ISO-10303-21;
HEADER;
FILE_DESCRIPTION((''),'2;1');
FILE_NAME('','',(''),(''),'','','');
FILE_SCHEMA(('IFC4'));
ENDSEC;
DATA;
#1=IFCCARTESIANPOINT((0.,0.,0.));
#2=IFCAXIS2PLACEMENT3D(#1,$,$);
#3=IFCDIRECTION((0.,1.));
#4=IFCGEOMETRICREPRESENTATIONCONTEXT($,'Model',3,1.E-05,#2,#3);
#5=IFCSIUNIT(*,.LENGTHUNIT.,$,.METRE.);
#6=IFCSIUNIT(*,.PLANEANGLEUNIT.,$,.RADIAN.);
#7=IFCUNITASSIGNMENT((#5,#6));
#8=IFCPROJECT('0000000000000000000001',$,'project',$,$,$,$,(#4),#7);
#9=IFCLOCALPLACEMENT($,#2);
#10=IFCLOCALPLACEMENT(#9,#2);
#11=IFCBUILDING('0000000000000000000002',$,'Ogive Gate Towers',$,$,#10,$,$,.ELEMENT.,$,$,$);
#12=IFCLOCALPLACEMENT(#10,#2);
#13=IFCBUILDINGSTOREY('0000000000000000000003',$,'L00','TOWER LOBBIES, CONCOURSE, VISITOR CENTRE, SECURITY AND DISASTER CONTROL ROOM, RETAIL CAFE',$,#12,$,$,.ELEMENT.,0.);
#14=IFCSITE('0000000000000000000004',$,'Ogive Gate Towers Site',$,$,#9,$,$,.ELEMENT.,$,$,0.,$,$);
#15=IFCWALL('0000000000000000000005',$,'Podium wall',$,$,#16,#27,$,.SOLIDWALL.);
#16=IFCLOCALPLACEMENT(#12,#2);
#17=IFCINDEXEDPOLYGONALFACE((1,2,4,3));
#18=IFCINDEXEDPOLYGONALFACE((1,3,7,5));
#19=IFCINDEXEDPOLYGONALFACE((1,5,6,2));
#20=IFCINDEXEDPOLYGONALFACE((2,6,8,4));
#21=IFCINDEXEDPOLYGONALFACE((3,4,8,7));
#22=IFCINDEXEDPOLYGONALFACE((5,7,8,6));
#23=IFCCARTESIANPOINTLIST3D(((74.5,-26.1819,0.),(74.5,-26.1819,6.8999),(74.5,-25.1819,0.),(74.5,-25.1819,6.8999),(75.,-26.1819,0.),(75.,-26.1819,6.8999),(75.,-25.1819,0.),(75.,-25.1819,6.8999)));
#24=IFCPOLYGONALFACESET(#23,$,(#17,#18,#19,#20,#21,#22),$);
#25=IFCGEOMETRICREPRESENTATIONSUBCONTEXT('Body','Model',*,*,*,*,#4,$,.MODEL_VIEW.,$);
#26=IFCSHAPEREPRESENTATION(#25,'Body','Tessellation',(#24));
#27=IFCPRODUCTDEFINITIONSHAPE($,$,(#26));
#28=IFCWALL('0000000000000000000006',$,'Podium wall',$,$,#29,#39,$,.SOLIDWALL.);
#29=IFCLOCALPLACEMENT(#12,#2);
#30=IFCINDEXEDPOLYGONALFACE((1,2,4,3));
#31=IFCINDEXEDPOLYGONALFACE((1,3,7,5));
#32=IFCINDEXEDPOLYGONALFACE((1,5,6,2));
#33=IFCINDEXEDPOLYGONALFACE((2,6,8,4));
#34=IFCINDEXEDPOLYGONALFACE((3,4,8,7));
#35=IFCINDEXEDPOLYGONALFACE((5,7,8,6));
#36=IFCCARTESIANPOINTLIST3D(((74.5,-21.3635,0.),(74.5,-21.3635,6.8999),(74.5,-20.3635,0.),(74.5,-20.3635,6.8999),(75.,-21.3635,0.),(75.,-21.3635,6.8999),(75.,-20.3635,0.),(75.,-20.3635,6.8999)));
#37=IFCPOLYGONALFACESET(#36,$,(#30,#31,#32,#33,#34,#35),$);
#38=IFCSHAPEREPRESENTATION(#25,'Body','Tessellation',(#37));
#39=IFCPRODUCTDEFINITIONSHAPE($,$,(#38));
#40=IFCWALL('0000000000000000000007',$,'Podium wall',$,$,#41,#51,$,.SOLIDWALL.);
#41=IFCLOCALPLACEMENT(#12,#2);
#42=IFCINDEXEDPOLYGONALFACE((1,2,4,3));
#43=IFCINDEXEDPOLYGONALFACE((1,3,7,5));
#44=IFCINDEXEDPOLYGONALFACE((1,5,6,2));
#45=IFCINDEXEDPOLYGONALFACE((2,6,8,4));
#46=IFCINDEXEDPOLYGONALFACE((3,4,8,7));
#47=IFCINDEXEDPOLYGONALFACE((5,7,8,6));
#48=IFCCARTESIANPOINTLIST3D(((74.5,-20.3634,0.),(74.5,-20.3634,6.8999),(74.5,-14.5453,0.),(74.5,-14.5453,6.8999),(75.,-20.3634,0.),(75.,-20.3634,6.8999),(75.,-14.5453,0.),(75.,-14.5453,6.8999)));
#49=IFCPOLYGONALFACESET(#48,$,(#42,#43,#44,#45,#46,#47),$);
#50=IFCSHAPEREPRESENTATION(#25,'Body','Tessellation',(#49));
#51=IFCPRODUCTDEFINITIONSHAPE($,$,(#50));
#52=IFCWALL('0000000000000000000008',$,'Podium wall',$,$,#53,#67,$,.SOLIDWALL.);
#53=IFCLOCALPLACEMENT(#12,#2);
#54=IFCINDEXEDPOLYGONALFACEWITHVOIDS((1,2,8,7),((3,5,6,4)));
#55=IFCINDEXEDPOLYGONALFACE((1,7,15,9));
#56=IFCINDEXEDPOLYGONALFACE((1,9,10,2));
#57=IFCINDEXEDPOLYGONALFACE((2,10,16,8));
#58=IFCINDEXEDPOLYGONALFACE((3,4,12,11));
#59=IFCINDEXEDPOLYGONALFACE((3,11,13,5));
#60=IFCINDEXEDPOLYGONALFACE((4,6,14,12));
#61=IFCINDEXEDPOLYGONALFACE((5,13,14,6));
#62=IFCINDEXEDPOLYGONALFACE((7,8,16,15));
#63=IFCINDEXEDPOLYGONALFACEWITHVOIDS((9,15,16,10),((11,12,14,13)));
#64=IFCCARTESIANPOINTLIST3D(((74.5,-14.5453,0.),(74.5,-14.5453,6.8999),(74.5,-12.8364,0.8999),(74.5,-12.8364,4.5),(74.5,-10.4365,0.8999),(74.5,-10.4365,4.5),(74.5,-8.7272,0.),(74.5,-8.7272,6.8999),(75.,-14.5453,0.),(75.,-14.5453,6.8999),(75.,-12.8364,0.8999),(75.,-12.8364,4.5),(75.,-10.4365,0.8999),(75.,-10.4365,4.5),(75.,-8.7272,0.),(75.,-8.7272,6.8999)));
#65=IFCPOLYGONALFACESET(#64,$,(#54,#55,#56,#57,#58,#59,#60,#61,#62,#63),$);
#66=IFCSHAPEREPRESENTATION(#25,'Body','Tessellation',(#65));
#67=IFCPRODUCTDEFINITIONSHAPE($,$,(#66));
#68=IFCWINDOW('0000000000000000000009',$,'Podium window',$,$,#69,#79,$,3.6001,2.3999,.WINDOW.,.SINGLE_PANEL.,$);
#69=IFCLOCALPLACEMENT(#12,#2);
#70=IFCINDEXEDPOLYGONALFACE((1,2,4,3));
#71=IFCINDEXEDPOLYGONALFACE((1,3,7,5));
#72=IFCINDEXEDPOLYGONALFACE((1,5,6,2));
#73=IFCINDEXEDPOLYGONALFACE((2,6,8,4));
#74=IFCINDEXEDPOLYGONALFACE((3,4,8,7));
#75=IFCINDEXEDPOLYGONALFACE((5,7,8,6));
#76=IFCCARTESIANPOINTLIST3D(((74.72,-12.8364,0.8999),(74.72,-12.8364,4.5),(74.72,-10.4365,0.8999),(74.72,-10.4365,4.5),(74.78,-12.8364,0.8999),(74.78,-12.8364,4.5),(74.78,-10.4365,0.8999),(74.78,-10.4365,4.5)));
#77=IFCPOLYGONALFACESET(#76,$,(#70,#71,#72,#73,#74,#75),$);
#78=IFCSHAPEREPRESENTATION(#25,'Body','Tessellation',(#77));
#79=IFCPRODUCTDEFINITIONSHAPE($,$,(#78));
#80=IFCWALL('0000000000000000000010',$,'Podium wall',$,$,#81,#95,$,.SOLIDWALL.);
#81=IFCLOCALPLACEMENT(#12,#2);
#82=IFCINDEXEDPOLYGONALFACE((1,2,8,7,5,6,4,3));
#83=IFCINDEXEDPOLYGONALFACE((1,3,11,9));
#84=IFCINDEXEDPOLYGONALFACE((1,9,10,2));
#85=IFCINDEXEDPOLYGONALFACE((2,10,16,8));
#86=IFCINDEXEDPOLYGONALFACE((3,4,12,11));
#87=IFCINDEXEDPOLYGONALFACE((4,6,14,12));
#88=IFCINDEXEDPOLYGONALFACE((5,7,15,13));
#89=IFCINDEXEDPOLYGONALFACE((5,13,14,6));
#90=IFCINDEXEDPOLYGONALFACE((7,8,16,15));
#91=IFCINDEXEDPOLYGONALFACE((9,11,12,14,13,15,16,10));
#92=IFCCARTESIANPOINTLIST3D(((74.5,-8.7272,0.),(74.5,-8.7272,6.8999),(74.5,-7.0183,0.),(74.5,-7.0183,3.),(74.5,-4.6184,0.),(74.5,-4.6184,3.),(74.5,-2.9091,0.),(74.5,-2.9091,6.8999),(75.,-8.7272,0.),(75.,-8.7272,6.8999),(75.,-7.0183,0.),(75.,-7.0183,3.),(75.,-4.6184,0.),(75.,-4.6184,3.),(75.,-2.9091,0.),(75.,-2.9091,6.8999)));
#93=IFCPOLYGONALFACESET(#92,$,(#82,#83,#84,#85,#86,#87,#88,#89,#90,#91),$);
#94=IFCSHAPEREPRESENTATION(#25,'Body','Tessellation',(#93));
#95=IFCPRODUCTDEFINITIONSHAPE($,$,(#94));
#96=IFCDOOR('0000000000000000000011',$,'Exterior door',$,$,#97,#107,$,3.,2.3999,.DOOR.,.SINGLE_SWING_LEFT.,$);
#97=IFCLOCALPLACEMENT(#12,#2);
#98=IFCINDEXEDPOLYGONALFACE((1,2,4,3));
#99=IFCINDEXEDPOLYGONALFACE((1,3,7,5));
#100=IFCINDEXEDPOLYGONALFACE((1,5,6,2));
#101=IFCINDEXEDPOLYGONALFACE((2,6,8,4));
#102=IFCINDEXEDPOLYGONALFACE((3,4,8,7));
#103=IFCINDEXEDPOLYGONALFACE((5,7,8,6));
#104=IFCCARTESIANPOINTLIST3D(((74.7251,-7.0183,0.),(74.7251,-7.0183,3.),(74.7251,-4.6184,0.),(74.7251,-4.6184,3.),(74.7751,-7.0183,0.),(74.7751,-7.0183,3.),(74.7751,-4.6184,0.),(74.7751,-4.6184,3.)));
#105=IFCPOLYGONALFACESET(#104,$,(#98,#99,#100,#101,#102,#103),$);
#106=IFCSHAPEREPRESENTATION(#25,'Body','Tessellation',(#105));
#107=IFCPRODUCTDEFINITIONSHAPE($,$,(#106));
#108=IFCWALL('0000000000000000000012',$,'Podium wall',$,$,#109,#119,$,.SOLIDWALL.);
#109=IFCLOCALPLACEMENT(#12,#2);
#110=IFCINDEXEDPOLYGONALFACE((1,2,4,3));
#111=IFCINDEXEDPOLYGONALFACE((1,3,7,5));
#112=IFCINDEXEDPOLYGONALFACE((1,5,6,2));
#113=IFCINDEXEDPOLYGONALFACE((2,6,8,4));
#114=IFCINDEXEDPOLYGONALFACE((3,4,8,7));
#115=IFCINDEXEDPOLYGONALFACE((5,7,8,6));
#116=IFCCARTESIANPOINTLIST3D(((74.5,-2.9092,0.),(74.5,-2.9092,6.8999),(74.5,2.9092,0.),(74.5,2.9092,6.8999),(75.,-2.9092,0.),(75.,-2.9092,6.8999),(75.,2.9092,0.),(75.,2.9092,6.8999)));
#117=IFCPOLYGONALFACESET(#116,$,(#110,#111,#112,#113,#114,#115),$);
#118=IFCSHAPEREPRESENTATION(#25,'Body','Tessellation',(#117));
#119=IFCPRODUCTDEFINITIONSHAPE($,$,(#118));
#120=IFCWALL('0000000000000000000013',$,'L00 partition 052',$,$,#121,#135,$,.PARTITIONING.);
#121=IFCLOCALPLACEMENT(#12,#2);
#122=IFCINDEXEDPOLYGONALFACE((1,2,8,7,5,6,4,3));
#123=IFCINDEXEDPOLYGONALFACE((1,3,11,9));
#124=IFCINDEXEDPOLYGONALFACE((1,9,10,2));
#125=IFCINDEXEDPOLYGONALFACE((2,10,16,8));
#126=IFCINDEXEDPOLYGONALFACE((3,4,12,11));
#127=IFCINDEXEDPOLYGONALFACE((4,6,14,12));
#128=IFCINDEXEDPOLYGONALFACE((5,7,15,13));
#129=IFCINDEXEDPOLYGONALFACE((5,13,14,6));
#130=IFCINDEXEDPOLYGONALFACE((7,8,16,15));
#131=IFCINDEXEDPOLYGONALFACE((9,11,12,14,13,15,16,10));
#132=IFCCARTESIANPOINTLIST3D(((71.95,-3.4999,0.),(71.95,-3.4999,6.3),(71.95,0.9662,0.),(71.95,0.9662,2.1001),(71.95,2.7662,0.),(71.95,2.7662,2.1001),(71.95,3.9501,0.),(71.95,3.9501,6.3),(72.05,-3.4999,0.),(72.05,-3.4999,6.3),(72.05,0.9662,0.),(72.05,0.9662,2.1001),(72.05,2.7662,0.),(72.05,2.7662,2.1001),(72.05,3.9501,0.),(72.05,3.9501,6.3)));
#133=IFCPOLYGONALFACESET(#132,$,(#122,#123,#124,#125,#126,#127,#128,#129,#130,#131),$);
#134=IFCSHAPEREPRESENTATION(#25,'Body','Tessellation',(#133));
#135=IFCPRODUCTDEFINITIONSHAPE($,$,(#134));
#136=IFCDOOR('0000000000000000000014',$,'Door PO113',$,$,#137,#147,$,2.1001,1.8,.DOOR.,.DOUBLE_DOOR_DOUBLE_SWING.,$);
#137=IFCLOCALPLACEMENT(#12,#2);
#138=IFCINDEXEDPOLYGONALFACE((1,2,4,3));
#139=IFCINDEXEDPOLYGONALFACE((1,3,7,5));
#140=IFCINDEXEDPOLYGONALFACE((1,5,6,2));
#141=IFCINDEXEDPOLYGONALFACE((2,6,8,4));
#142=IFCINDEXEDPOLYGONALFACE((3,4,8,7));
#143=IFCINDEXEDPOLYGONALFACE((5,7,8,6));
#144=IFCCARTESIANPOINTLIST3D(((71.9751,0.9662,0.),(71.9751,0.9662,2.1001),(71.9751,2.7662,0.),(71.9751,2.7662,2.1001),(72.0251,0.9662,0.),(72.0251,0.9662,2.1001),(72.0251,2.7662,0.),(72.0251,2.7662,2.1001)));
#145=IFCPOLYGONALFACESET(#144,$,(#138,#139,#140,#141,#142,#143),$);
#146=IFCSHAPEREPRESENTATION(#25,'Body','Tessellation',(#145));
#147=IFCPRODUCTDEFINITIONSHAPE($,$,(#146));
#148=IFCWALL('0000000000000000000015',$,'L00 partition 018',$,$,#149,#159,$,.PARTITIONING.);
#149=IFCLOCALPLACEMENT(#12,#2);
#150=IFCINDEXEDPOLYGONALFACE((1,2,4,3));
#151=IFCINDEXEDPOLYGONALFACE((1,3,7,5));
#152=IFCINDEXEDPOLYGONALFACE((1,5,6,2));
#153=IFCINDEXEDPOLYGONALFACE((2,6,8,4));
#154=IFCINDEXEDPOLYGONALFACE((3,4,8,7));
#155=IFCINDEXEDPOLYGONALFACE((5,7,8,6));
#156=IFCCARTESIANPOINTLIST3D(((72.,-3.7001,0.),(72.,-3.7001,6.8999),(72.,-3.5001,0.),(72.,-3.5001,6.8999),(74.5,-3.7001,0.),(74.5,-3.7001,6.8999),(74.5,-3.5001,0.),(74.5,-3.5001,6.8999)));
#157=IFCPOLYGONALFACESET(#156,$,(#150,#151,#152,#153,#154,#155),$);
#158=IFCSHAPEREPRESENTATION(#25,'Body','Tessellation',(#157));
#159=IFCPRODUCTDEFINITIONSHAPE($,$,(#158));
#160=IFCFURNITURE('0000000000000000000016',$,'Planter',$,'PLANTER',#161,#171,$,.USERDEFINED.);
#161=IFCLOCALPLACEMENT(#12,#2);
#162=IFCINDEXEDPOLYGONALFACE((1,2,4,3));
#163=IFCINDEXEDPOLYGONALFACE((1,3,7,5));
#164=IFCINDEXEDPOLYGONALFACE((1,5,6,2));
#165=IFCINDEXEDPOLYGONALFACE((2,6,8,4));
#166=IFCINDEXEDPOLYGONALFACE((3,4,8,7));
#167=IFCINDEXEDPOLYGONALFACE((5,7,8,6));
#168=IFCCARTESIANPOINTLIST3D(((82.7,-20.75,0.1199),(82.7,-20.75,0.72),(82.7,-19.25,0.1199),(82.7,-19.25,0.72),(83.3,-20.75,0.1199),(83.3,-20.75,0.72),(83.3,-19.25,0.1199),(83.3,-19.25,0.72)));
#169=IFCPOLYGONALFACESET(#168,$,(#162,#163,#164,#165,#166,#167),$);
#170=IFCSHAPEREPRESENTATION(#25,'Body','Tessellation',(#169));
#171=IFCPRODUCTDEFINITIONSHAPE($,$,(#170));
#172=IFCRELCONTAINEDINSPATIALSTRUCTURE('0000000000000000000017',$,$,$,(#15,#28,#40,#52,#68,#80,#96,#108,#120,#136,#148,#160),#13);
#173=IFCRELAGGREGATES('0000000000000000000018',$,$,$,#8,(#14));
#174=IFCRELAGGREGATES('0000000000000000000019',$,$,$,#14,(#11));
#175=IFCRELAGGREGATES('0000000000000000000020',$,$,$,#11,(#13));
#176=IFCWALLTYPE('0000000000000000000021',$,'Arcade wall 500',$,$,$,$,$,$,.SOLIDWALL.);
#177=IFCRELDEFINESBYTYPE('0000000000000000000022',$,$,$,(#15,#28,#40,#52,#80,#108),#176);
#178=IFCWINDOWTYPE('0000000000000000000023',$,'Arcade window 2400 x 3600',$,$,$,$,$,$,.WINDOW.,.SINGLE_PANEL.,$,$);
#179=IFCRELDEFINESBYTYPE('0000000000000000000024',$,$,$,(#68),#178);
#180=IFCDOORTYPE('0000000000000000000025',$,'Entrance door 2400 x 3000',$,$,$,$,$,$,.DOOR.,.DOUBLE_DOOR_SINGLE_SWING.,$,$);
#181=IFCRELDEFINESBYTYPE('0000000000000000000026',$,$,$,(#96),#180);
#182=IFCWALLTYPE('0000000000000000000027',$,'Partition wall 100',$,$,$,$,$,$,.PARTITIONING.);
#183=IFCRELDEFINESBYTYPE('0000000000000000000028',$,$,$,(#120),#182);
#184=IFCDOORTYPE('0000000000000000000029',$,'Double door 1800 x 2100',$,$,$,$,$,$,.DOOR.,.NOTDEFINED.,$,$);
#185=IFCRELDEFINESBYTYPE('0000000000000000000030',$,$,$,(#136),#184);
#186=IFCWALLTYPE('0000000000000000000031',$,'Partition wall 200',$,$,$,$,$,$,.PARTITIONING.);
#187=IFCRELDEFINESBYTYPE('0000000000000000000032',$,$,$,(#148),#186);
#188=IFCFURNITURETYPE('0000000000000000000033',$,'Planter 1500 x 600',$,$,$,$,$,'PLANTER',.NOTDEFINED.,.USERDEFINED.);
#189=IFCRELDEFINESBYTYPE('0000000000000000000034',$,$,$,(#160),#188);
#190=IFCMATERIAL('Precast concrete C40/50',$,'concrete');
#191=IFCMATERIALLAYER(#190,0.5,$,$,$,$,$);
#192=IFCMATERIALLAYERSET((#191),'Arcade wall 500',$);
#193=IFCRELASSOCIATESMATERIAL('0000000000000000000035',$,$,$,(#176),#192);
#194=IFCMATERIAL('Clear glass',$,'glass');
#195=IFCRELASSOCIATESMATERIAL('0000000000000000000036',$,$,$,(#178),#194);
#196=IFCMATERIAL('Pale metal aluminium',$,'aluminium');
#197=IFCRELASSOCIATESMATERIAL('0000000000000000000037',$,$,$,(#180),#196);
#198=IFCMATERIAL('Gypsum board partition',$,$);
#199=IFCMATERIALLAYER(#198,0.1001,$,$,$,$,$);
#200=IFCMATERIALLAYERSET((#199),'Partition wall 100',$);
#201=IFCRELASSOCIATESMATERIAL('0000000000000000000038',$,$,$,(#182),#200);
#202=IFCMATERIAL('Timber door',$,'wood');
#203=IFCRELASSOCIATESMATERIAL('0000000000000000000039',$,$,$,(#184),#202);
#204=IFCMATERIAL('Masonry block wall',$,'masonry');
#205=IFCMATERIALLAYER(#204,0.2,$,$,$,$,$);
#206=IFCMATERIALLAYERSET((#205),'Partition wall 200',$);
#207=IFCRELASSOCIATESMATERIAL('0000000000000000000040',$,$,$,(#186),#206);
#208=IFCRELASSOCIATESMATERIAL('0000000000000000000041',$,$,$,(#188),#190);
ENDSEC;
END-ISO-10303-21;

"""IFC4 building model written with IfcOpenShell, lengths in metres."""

from ifc_helpers import new_model, si_unit, direction, frame, frame_2d, origin, origin_2d, place, context, subcontext, project, spatial, rectangle, extrude, material, layer, layer_set, type_object, element, fill, save


model = new_model("IFC4")

# Units and contexts
model_context = context("Model", 3, precision=1e-05, world=origin(), true_north=direction((0.0, 1.0)))
body_context = subcontext(model_context, "Body", "Model", "MODEL_VIEW")
ifc_project = project(units=[si_unit("LENGTHUNIT", "METRE"), si_unit("PLANEANGLEUNIT", "RADIAN")], contexts=[model_context])

# Site, building, storey
site_placement = place(None, origin())
site = spatial("IfcSite", under=ifc_project, at=site_placement, Name="Ogive Gate Towers Site", CompositionType="ELEMENT", RefElevation=0.0)
building_placement = place(site_placement, origin())
building = spatial("IfcBuilding", under=site, at=building_placement, Name="Ogive Gate Towers", CompositionType="ELEMENT")
storey_placement = place(building_placement, origin())
storey = spatial("IfcBuildingStorey", under=building, at=storey_placement, Name="L00", Description="TOWER LOBBIES, CONCOURSE, VISITOR CENTRE, SECURITY AND DISASTER CONTROL ROOM, RETAIL CAFE", CompositionType="ELEMENT", Elevation=0.0)

# Shared definitions
ifc_material_1 = material(Name="Precast concrete C40/50", Category="concrete")

# Shared definitions
ifc_material_2 = material(Name="Pale metal aluminium", Category="aluminium")
ifc_material_3 = material(Name="Clear glass", Category="glass")

# Walls
ifc_layer_1 = layer(ifc_material_1, 0.5)
ifc_layer_set_1 = layer_set([ifc_layer_1], Name="Arcade wall 500")
wall_type_1 = type_object("IfcWallType", Name="Arcade wall 500", PredefinedType="SOLIDWALL", material=ifc_layer_set_1)
for number, where, z_axis, x_axis, name in (
    (1, (74.75, -26.1819, 0.0), (0.0, 0.0, 1.0), (0.0, 1.0, 0.0), "Podium wall"),
    (2, (74.75, -21.3635, 0.0), (0.0, 0.0, 1.0), (0.0, 1.0, 0.0), "Podium wall"),
):
    element("IfcWall", number, at=place(storey_placement, frame(where, z_axis=z_axis, x_axis=x_axis)), inside=storey, type_object=wall_type_1, Name=name, PredefinedType="SOLIDWALL", context=body_context, shape_type="SweptSolid", body=[
        extrude(rectangle(XDim=1.0, YDim=0.5, at=frame_2d((0.5, 0.0))), origin(), (0.0, 0.0, 1.0), 6.8999),
    ])
wall_1_placement = place(storey_placement, frame((74.75, -20.3635, 0.0), z_axis=(0.0, 0.0, 1.0), x_axis=(0.0, 1.0, 0.0)))
element("IfcWall", 3, at=wall_1_placement, inside=storey, type_object=wall_type_1, Name="Podium wall", PredefinedType="SOLIDWALL", context=body_context, shape_type="SweptSolid", body=[
    extrude(rectangle(XDim=5.8181, YDim=0.5, at=frame_2d((2.9092, 0.0))), origin(), (0.0, 0.0, 1.0), 6.8999),
])

# Wall, opening, window
wall_2_placement = place(storey_placement, frame((74.75, -14.5454, 0.0), z_axis=(0.0, 0.0, 1.0), x_axis=(0.0, 1.0, 0.0)))
wall_2 = element("IfcWall", 4, at=wall_2_placement, inside=storey, type_object=wall_type_1, Name="Podium wall", PredefinedType="SOLIDWALL", context=body_context, shape_type="SweptSolid", body=[
    extrude(rectangle(XDim=5.8181, YDim=0.5, at=frame_2d((2.9092, 0.0))), origin(), (0.0, 0.0, 1.0), 6.8999),
])
opening_1_placement = place(wall_2_placement, frame((1.709, 0.0, 0.8999)))
opening_1 = element("IfcOpeningElement", 5, at=opening_1_placement, cuts=wall_2, PredefinedType="OPENING", context=body_context, shape_type="SweptSolid", body=[
    extrude(rectangle(XDim=2.3999, YDim=3.6001, at=frame_2d((1.2, 1.8))), frame((0.0, 0.26, 0.0), z_axis=(0.0, -1.0, 0.0), x_axis=(1.0, 0.0, 0.0)), (0.0, 0.0, 1.0), 0.52),
])
window_type = type_object("IfcWindowType", Name="Arcade window 2400 x 3600", PartitioningType="SINGLE_PANEL", PredefinedType="WINDOW", material=ifc_material_3)
window_placement = place(opening_1_placement, origin())
window = element("IfcWindow", 6, at=window_placement, inside=storey, type_object=window_type, Name="Podium window", OverallHeight=3.6001, OverallWidth=2.3999, PartitioningType="SINGLE_PANEL", PredefinedType="WINDOW", context=body_context, shape_type="SweptSolid", body=[
    extrude(rectangle(XDim=2.3999, YDim=3.6001, at=frame_2d((1.2, 1.8))), frame((0.0, 0.03, 0.0), z_axis=(0.0, -1.0, 0.0), x_axis=(1.0, 0.0, 0.0)), (0.0, 0.0, 1.0), 0.0601),
])
fill(opening_1, window)

# Wall, opening, door
wall_3_placement = place(storey_placement, frame((74.75, -8.7273, 0.0), z_axis=(0.0, 0.0, 1.0), x_axis=(0.0, 1.0, 0.0)))
wall_3 = element("IfcWall", 7, at=wall_3_placement, inside=storey, type_object=wall_type_1, Name="Podium wall", PredefinedType="SOLIDWALL", context=body_context, shape_type="SweptSolid", body=[
    extrude(rectangle(XDim=5.8181, YDim=0.5, at=frame_2d((2.9092, 0.0))), origin(), (0.0, 0.0, 1.0), 6.8999),
])
opening_2_placement = place(wall_3_placement, frame((1.709, 0.0, 0.0)))
opening_2 = element("IfcOpeningElement", 8, at=opening_2_placement, cuts=wall_3, PredefinedType="OPENING", context=body_context, shape_type="SweptSolid", body=[
    extrude(rectangle(XDim=2.3999, YDim=3.0, at=frame_2d((1.2, 1.5))), frame((0.0, 0.26, 0.0), z_axis=(0.0, -1.0, 0.0), x_axis=(1.0, 0.0, 0.0)), (0.0, 0.0, 1.0), 0.52),
])
door_type_1 = type_object("IfcDoorType", Name="Entrance door 2400 x 3000", OperationType="DOUBLE_DOOR_SINGLE_SWING", PredefinedType="DOOR", material=ifc_material_2)
door_1_placement = place(opening_2_placement, origin())
door_1 = element("IfcDoor", 9, at=door_1_placement, inside=storey, type_object=door_type_1, Name="Exterior door", OperationType="SINGLE_SWING_LEFT", OverallHeight=3.0, OverallWidth=2.3999, PredefinedType="DOOR", context=body_context, shape_type="SweptSolid", body=[
    extrude(rectangle(XDim=2.3999, YDim=3.0, at=frame_2d((1.2, 1.5))), frame((0.0, 0.0249, 0.0), z_axis=(0.0, -1.0, 0.0), x_axis=(1.0, 0.0, 0.0)), (0.0, 0.0, 1.0), 0.05),
])
fill(opening_2, door_1)

# Wall
wall_4_placement = place(storey_placement, frame((74.75, -2.9092, 0.0), z_axis=(0.0, 0.0, 1.0), x_axis=(0.0, 1.0, 0.0)))
element("IfcWall", 10, at=wall_4_placement, inside=storey, type_object=wall_type_1, Name="Podium wall", PredefinedType="SOLIDWALL", context=body_context, shape_type="SweptSolid", body=[
    extrude(rectangle(XDim=5.8184, YDim=0.5, at=frame_2d((2.9092, 0.0))), origin(), (0.0, 0.0, 1.0), 6.8999),
])

# Wall, opening, door
ifc_material_4 = material(Name="Gypsum board partition")
ifc_layer_2 = layer(ifc_material_4, 0.1001)
ifc_layer_set_2 = layer_set([ifc_layer_2], Name="Partition wall 100")
wall_type_2 = type_object("IfcWallType", Name="Partition wall 100", PredefinedType="PARTITIONING", material=ifc_layer_set_2)
wall_5_placement = place(storey_placement, frame((72.0, -3.5, 0.0), z_axis=(0.0, 0.0, 1.0), x_axis=(0.0, 1.0, 0.0)))
wall_5 = element("IfcWall", 11, at=wall_5_placement, inside=storey, type_object=wall_type_2, Name="L00 partition 052", PredefinedType="PARTITIONING", context=body_context, shape_type="SweptSolid", body=[
    extrude(rectangle(XDim=7.45, YDim=0.1001, at=frame_2d((3.7251, 0.0))), origin(), (0.0, 0.0, 1.0), 6.3),
])
opening_3_placement = place(wall_5_placement, frame((4.4663, 0.0, 0.0)))
opening_3 = element("IfcOpeningElement", 12, at=opening_3_placement, cuts=wall_5, PredefinedType="OPENING", context=body_context, shape_type="SweptSolid", body=[
    extrude(rectangle(XDim=1.8, YDim=2.1001, at=frame_2d((0.8999, 1.05))), frame((0.0, 0.0601, 0.0), z_axis=(0.0, -1.0, 0.0), x_axis=(1.0, 0.0, 0.0)), (0.0, 0.0, 1.0), 0.1201),
])
ifc_material_5 = material(Name="Timber door", Category="wood")
door_type_2 = type_object("IfcDoorType", Name="Double door 1800 x 2100", OperationType="NOTDEFINED", PredefinedType="DOOR", material=ifc_material_5)
door_2_placement = place(opening_3_placement, origin())
door_2 = element("IfcDoor", 13, at=door_2_placement, inside=storey, type_object=door_type_2, Name="Door PO113", OperationType="DOUBLE_DOOR_DOUBLE_SWING", OverallHeight=2.1001, OverallWidth=1.8, PredefinedType="DOOR", context=body_context, shape_type="SweptSolid", body=[
    extrude(rectangle(XDim=1.8, YDim=2.1001, at=frame_2d((0.8999, 1.05))), frame((0.0, 0.0249, 0.0), z_axis=(0.0, -1.0, 0.0), x_axis=(1.0, 0.0, 0.0)), (0.0, 0.0, 1.0), 0.05),
])
fill(opening_3, door_2)

# Wall
ifc_material_6 = material(Name="Masonry block wall", Category="masonry")
ifc_layer_3 = layer(ifc_material_6, 0.2)
ifc_layer_set_3 = layer_set([ifc_layer_3], Name="Partition wall 200")
wall_type_3 = type_object("IfcWallType", Name="Partition wall 200", PredefinedType="PARTITIONING", material=ifc_layer_set_3)
wall_6_placement = place(storey_placement, frame((72.0, -3.6001, 0.0), z_axis=(0.0, 0.0, 1.0), x_axis=(1.0, 0.0, 0.0)))
element("IfcWall", 14, at=wall_6_placement, inside=storey, type_object=wall_type_3, Name="L00 partition 018", PredefinedType="PARTITIONING", context=body_context, shape_type="SweptSolid", body=[
    extrude(rectangle(XDim=2.5, YDim=0.2, at=frame_2d((1.25, 0.0))), origin(), (0.0, 0.0, 1.0), 6.8999),
])

# Furniture
furniture_type = type_object("IfcFurnitureType", Name="Planter 1500 x 600", ElementType="PLANTER", AssemblyPlace="NOTDEFINED", PredefinedType="USERDEFINED", material=ifc_material_1)
furniture_placement = place(storey_placement, frame((83.0, -20.0, 0.1199), z_axis=(0.0, 0.0, 1.0), x_axis=(0.0, 1.0, 0.0)))
element("IfcFurniture", 15, at=furniture_placement, inside=storey, type_object=furniture_type, Name="Planter", ObjectType="PLANTER", PredefinedType="USERDEFINED", context=body_context, shape_type="SweptSolid", body=[
    extrude(rectangle(XDim=1.5, YDim=0.6001, at=origin_2d()), origin(), (0.0, 0.0, 1.0), 0.6001),
])

save(model, "model.ifc")
